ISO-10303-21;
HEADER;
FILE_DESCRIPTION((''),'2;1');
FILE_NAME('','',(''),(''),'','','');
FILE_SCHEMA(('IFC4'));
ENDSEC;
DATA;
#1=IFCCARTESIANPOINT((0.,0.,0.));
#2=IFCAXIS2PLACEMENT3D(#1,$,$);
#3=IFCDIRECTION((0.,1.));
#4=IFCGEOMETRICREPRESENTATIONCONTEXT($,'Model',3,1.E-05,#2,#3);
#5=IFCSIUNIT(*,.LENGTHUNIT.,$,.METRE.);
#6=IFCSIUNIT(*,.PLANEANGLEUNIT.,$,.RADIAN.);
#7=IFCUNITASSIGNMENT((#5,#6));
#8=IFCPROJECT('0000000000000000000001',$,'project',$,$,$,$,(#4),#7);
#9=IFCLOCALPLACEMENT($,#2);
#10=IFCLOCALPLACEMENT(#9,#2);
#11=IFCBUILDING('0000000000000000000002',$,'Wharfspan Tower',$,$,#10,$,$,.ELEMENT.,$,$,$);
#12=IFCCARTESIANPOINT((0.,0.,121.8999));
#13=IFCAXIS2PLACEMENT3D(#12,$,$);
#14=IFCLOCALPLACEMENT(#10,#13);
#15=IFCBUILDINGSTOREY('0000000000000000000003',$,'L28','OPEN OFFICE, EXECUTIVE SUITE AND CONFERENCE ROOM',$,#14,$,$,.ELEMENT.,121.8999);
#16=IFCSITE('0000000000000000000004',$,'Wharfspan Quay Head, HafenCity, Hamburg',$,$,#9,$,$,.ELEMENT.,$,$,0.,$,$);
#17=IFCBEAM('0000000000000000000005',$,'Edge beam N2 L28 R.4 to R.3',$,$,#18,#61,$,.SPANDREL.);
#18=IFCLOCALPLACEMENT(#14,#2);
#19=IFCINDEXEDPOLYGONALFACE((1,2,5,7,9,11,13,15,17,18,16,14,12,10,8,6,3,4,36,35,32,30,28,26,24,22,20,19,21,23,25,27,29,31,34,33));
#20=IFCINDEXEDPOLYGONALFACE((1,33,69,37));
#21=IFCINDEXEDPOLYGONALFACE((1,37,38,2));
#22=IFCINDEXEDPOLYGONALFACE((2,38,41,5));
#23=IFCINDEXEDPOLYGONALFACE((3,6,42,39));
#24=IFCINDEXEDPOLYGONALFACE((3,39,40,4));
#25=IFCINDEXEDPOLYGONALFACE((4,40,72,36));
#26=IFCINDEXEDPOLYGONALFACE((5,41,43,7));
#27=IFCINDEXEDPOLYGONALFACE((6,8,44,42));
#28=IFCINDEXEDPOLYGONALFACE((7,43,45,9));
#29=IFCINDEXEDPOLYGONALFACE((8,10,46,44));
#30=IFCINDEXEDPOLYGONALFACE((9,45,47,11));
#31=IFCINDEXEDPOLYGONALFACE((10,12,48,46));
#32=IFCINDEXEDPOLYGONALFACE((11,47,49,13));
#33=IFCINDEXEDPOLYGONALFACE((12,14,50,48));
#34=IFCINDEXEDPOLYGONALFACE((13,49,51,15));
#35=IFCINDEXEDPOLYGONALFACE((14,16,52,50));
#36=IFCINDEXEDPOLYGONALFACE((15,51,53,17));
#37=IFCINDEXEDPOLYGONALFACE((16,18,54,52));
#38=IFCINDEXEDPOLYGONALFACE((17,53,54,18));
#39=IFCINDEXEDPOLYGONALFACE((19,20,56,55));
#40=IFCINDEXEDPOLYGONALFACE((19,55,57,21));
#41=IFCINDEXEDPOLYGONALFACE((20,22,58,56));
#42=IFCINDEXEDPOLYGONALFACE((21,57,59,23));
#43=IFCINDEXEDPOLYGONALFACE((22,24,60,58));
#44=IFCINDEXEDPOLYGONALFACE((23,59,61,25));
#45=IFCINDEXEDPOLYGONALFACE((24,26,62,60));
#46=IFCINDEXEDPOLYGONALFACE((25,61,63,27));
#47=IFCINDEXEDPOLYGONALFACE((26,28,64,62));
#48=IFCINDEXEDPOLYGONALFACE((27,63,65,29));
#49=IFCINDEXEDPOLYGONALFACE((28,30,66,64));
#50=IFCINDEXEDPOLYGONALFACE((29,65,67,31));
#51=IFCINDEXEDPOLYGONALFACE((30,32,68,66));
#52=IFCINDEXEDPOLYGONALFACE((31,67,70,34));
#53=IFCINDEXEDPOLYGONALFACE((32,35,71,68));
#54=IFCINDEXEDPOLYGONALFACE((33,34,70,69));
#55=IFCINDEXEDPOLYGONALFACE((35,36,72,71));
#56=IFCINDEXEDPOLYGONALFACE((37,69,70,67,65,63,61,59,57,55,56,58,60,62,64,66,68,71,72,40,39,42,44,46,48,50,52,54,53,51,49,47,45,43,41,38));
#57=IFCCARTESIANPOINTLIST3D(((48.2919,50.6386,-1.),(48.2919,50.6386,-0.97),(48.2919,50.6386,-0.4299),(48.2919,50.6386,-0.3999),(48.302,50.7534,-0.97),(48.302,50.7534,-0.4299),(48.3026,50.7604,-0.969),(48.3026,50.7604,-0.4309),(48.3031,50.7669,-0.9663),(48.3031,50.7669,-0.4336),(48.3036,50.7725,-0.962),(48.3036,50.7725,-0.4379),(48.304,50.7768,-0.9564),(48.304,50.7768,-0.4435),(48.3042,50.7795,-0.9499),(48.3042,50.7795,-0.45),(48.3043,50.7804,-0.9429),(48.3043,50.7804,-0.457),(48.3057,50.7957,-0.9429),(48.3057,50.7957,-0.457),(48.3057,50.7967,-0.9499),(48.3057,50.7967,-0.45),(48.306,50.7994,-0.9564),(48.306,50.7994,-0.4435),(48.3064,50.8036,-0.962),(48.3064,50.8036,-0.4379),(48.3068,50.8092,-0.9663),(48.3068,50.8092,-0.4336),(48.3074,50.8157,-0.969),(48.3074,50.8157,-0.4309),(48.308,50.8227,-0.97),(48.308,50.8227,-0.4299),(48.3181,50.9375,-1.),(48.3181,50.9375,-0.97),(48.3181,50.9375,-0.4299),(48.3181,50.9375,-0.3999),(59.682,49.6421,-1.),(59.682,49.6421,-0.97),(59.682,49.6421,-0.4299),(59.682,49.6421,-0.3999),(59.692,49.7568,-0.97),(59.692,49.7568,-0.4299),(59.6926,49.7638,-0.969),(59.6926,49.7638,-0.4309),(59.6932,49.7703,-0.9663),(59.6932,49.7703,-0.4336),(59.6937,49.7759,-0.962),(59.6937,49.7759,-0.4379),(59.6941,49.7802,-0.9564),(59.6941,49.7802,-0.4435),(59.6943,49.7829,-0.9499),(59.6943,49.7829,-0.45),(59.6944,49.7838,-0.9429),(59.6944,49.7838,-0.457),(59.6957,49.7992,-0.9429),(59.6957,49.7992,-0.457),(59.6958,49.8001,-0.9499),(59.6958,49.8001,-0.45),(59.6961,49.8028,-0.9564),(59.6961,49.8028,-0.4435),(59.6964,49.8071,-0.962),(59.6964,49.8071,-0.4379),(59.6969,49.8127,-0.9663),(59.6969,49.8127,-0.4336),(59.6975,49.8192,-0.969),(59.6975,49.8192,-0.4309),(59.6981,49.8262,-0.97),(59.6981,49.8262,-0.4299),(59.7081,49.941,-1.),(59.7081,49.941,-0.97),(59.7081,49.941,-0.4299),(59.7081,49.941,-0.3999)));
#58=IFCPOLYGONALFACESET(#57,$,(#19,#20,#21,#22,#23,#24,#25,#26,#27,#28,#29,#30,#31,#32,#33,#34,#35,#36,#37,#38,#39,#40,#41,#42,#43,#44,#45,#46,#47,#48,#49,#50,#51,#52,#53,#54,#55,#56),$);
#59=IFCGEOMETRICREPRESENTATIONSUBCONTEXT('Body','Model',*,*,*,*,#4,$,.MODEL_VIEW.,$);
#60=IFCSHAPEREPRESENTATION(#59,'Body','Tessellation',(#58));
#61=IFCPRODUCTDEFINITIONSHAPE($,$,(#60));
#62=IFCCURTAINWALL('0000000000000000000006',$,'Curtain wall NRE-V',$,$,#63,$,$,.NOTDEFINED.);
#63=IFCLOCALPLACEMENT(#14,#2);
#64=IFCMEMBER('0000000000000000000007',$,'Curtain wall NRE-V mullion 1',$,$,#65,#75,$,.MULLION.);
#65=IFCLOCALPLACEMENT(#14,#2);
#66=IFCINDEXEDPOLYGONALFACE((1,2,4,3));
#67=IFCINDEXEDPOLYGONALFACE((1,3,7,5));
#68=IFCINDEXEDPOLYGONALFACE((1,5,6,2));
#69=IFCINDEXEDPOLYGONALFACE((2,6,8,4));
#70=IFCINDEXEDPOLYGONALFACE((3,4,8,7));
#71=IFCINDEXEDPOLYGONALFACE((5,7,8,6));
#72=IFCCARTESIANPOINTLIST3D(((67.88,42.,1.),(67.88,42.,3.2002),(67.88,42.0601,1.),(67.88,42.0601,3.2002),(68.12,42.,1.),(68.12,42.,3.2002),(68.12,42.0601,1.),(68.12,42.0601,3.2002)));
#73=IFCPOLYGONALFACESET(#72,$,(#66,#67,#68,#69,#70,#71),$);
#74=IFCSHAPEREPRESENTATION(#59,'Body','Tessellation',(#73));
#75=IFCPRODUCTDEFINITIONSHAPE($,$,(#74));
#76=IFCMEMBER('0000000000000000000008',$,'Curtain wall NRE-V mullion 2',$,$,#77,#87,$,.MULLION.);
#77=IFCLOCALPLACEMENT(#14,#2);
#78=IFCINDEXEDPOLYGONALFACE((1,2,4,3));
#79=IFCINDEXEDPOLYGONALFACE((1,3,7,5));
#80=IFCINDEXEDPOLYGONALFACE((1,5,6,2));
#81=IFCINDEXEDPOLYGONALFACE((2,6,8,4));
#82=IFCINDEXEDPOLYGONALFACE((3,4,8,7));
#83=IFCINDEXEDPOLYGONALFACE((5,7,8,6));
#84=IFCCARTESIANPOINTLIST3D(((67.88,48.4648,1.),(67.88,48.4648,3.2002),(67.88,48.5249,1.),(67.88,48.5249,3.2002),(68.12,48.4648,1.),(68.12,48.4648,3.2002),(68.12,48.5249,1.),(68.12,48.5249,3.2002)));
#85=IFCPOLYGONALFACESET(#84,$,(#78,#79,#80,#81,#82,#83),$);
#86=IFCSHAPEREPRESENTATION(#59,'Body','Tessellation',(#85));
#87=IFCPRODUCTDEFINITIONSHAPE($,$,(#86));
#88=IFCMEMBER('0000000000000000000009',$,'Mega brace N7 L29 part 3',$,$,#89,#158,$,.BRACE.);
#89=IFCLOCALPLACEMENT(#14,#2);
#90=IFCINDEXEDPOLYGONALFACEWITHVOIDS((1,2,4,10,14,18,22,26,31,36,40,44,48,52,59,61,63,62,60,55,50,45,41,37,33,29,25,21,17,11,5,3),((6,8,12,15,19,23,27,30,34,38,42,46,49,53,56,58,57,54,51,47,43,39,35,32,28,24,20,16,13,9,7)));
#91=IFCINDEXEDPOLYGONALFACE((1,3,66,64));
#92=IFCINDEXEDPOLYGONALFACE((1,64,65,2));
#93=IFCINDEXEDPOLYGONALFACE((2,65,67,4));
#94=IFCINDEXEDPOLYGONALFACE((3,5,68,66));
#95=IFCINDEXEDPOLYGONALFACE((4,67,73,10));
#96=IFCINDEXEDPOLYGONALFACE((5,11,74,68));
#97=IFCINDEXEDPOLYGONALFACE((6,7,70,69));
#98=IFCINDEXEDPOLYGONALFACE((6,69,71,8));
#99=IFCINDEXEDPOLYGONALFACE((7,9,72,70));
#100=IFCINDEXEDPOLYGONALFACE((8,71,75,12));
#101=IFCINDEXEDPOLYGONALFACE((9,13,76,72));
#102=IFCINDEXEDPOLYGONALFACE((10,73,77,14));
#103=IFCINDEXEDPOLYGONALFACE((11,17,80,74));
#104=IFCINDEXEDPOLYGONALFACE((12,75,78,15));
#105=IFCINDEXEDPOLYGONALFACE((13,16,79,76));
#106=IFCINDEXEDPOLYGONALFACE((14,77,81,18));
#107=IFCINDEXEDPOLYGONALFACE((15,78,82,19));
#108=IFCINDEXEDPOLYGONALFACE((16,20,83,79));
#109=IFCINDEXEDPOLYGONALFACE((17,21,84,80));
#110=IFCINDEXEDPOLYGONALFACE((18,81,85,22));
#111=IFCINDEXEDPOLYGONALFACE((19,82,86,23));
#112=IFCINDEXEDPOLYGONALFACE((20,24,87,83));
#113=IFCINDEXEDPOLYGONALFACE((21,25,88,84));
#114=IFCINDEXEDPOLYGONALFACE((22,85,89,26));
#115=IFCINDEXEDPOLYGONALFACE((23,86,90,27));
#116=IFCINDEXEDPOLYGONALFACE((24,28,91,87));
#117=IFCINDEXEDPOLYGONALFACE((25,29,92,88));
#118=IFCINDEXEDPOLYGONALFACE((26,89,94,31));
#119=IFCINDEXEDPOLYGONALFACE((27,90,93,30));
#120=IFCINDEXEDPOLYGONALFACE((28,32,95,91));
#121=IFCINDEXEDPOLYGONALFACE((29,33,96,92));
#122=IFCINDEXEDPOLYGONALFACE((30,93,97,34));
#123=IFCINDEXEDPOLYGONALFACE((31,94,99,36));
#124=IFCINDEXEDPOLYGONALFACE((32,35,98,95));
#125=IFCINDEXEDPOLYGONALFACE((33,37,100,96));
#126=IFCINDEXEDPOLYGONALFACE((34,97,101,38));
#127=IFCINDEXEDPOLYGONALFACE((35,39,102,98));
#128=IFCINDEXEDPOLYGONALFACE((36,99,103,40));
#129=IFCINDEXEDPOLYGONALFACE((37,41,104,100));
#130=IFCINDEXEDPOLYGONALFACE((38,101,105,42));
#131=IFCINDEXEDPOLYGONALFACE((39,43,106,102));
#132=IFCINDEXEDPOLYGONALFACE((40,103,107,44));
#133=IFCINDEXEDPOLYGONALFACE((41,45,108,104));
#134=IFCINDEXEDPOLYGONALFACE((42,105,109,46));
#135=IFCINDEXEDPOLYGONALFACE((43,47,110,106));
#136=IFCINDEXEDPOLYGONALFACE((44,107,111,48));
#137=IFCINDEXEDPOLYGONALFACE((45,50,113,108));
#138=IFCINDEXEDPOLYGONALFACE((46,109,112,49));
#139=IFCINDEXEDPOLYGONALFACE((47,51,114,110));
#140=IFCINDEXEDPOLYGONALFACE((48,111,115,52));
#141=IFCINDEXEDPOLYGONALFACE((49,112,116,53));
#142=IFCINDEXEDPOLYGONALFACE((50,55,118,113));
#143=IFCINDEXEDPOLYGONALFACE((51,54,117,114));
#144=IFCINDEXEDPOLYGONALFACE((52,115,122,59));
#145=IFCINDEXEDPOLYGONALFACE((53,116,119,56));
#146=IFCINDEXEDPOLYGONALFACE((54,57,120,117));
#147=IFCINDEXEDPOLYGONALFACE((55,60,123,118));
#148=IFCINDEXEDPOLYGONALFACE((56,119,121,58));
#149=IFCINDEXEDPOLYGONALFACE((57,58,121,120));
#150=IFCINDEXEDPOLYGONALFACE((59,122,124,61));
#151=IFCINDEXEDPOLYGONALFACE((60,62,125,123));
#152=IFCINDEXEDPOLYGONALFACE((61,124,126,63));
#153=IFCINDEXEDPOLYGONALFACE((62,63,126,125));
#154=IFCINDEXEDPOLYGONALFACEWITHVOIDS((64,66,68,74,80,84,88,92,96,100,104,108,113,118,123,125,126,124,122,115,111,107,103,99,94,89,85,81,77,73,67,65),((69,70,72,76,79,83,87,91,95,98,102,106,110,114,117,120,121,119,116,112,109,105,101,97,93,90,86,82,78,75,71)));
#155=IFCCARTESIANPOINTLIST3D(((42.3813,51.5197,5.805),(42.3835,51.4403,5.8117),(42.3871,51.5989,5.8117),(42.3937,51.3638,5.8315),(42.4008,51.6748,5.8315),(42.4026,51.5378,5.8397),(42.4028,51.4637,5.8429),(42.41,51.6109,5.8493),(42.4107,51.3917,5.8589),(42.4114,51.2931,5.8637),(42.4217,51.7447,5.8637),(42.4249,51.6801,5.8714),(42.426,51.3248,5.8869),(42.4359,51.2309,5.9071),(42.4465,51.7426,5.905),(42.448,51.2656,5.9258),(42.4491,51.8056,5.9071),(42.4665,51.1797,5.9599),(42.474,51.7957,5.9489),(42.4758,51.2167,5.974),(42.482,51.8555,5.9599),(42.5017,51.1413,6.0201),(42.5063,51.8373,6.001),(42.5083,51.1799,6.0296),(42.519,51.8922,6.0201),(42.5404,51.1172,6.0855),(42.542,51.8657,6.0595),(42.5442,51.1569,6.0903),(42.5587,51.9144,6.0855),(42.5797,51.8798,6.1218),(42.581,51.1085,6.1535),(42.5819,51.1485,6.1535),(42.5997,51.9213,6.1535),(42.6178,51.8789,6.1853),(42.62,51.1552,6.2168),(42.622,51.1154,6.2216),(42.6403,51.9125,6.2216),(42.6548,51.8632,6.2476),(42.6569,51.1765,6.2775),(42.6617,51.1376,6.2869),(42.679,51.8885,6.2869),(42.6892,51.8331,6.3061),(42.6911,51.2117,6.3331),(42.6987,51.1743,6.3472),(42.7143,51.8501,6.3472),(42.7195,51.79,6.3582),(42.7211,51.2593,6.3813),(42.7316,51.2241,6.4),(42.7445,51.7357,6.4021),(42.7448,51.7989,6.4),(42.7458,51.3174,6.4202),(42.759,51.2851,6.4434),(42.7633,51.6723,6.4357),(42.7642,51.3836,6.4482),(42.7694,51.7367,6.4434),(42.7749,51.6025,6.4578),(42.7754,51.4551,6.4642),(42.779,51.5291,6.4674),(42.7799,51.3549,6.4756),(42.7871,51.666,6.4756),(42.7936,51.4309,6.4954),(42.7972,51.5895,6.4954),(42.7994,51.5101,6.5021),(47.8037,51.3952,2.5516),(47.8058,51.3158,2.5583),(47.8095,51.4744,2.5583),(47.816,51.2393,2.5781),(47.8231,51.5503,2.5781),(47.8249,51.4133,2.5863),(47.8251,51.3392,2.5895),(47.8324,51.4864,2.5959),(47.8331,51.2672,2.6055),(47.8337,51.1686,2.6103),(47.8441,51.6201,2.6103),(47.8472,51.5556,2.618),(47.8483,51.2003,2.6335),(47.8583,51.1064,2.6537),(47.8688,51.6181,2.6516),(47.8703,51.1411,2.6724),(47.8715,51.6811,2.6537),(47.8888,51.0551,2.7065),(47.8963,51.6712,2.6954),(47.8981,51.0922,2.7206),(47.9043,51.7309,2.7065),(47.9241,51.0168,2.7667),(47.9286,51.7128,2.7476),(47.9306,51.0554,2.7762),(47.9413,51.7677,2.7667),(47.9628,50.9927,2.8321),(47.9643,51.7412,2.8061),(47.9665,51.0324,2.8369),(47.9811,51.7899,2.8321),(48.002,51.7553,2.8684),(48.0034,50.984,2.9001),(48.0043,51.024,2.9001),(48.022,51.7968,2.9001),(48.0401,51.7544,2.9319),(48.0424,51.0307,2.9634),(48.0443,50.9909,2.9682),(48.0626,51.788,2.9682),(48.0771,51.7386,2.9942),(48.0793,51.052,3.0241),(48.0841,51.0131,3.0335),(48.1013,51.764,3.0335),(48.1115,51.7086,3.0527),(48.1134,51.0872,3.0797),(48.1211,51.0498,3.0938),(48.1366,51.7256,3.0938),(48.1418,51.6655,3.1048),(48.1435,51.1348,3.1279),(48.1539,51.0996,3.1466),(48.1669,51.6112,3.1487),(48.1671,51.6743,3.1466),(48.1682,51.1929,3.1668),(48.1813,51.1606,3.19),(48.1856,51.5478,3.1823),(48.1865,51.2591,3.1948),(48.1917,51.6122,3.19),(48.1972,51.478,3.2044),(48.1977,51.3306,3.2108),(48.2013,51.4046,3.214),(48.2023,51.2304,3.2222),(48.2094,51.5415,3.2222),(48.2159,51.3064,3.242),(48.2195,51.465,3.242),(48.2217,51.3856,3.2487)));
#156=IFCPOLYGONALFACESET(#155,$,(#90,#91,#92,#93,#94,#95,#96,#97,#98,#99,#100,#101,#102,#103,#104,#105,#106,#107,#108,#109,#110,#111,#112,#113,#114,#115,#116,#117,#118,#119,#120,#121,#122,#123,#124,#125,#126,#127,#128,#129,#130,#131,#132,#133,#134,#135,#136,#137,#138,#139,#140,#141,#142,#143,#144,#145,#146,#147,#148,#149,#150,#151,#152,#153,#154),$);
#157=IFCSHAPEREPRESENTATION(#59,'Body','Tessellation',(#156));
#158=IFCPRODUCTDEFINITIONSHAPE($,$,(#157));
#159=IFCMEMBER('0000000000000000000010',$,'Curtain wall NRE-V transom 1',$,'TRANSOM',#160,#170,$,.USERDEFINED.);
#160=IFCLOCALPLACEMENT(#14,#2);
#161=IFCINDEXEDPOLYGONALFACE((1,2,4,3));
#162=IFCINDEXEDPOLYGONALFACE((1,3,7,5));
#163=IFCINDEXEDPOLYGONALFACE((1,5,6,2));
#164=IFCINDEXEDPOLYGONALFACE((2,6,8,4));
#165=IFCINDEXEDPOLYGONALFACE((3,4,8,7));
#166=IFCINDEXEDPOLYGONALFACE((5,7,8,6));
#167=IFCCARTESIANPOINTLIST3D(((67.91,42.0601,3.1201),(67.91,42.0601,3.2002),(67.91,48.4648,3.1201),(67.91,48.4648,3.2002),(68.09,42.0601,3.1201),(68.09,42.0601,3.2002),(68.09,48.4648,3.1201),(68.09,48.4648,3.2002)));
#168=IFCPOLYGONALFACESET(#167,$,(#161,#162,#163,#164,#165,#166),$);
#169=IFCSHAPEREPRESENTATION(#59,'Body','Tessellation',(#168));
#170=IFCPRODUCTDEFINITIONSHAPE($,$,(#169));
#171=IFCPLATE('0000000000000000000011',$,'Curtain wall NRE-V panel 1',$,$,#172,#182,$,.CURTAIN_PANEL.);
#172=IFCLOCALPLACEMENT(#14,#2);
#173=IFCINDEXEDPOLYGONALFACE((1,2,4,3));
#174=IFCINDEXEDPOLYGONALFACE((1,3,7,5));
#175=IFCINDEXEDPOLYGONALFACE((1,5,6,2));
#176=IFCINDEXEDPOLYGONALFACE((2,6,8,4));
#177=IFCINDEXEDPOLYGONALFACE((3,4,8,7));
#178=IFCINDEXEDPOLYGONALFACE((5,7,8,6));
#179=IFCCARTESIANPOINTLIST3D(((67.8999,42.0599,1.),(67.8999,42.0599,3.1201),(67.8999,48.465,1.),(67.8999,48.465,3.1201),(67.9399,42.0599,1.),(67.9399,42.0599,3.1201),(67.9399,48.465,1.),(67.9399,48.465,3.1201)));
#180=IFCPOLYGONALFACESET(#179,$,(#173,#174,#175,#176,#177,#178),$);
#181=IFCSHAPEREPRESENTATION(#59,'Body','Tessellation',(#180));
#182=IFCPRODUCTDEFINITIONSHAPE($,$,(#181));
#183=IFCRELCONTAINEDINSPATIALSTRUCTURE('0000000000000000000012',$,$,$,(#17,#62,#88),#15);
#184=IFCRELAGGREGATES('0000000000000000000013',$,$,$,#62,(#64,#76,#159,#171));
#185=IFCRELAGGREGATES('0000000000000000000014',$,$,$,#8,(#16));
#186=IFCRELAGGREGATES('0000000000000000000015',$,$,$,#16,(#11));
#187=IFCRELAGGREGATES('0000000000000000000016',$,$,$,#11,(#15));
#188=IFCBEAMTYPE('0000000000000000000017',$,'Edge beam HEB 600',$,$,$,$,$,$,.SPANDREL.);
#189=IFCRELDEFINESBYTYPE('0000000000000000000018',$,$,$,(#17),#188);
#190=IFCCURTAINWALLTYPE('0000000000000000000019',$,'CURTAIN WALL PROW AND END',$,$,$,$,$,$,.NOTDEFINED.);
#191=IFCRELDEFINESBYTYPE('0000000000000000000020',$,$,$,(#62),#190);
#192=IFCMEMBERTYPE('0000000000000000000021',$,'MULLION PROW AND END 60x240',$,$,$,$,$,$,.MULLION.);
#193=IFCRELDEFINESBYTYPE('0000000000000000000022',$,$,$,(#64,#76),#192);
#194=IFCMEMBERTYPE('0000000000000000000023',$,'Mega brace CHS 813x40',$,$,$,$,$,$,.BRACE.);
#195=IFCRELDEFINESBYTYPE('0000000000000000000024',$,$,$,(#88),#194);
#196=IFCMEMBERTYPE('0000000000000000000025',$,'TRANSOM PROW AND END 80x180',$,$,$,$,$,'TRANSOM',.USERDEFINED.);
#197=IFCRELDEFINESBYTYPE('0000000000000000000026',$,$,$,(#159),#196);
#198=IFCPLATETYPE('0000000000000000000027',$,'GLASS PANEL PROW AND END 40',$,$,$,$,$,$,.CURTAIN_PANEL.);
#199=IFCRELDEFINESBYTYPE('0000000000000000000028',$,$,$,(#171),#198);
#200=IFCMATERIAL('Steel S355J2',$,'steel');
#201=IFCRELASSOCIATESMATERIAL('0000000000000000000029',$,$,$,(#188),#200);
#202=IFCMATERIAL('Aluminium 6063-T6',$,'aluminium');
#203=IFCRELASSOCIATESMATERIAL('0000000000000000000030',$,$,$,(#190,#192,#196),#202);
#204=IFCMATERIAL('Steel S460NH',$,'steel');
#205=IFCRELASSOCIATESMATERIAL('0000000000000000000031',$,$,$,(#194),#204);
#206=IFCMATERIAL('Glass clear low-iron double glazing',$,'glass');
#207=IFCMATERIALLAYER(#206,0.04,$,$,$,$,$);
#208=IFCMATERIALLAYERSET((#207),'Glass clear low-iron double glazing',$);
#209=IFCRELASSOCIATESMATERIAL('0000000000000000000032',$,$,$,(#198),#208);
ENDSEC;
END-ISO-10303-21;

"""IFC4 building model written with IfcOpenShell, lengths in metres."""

from ifc_helpers import new_model, si_unit, direction, frame, origin, origin_2d, place, context, subcontext, project, spatial, rectangle, hollow_circle, i_section, extrude, material, layer, layer_set, material_profile, profile_set, type_object, element, aggregate, save


model = new_model("IFC4")

# Units and contexts
model_context = context("Model", 3, precision=1e-05, world=origin(), true_north=direction((0.0, 1.0)))
body_context = subcontext(model_context, "Body", "Model", "MODEL_VIEW")
ifc_project = project(units=[si_unit("LENGTHUNIT", "METRE"), si_unit("PLANEANGLEUNIT", "RADIAN")], contexts=[model_context])

# Site, building, storey
site_placement = place(None, origin())
site = spatial("IfcSite", under=ifc_project, at=site_placement, Name="Wharfspan Quay Head, HafenCity, Hamburg", CompositionType="ELEMENT", RefElevation=0.0)
building_placement = place(site_placement, origin())
building = spatial("IfcBuilding", under=site, at=building_placement, Name="Wharfspan Tower", CompositionType="ELEMENT")
storey_placement = place(building_placement, frame((0.0, 0.0, 121.8999)))
storey = spatial("IfcBuildingStorey", under=building, at=storey_placement, Name="L28", Description="OPEN OFFICE, EXECUTIVE SUITE AND CONFERENCE ROOM", CompositionType="ELEMENT", Elevation=121.8999)

# Shared definitions
ifc_material_1 = material(Name="Steel S355J2", Category="steel")

# Beam
ifc_material_profile_1 = material_profile(ifc_material_1, i_section(OverallWidth=0.3, OverallDepth=0.6001, WebThickness=0.0154, FlangeThickness=0.03, FilletRadius=0.0271, at=origin_2d()))
ifc_profile_set_1 = profile_set([ifc_material_profile_1], Name="Steel S355J2")
beam_type = type_object("IfcBeamType", Name="Edge beam HEB 600", PredefinedType="SPANDREL", material=ifc_profile_set_1)
beam_placement = place(storey_placement, frame((59.6951, 49.7915, -0.7), z_axis=(-0.996194, 0.087162, 0.0), x_axis=(-0.087162, -0.996194, 0.0)))
element("IfcBeam", 1, at=beam_placement, inside=storey, type_object=beam_type, Name="Edge beam N2 L28 R.4 to R.3", PredefinedType="SPANDREL", context=body_context, shape_type="SweptSolid", body=[
    extrude(i_section(OverallWidth=0.3, OverallDepth=0.6001, WebThickness=0.0154, FlangeThickness=0.03, FilletRadius=0.0271, at=origin_2d()), origin(), (0.0, 0.0, 1.0), 11.4336),
])

# Curtain wall, members
ifc_material_2 = material(Name="Aluminium 6063-T6", Category="aluminium")
curtain_wall_type = type_object("IfcCurtainWallType", Name="CURTAIN WALL PROW AND END", PredefinedType="NOTDEFINED", material=ifc_material_2)
curtain_wall_placement = place(storey_placement, origin())
curtain_wall = element("IfcCurtainWall", 2, at=curtain_wall_placement, inside=storey, type_object=curtain_wall_type, Name="Curtain wall NRE-V", PredefinedType="NOTDEFINED")
ifc_material_profile_2 = material_profile(ifc_material_2, rectangle(XDim=0.24, YDim=0.0601, at=origin_2d()))
ifc_profile_set_2 = profile_set([ifc_material_profile_2], Name="Aluminium 6063-T6")
member_type_1 = type_object("IfcMemberType", Name="MULLION PROW AND END 60x240", PredefinedType="MULLION", material=ifc_profile_set_2)
member_1_placement = place(storey_placement, frame((68.0, 42.03, 1.0), z_axis=(0.0, 0.0, 1.0), x_axis=(-1.0, 0.0, 0.0)))
member_1 = element("IfcMember", 3, at=member_1_placement, type_object=member_type_1, Name="Curtain wall NRE-V mullion 1", PredefinedType="MULLION", context=body_context, shape_type="SweptSolid", body=[
    extrude(rectangle(XDim=0.24, YDim=0.0601, at=origin_2d()), origin(), (0.0, 0.0, 1.0), 2.2002),
])
member_2_placement = place(storey_placement, frame((68.0, 48.4949, 1.0), z_axis=(0.0, 0.0, 1.0), x_axis=(-1.0, 0.0, 0.0)))
member_2 = element("IfcMember", 4, at=member_2_placement, type_object=member_type_1, Name="Curtain wall NRE-V mullion 2", PredefinedType="MULLION", context=body_context, shape_type="SweptSolid", body=[
    extrude(rectangle(XDim=0.24, YDim=0.0601, at=origin_2d()), origin(), (0.0, 0.0, 1.0), 2.2002),
])

# Members
ifc_material_3 = material(Name="Steel S460NH", Category="steel")
ifc_material_profile_3 = material_profile(ifc_material_3, hollow_circle(Radius=0.4065, WallThickness=0.04, at=origin_2d()))
ifc_profile_set_3 = profile_set([ifc_material_profile_3], Name="Steel S460NH")
member_type_2 = type_object("IfcMemberType", Name="Mega brace CHS 813x40", PredefinedType="BRACE", material=ifc_profile_set_3)
member_3_placement = place(storey_placement, frame((48.0127, 51.3904, 2.9001), z_axis=(-0.857327, 0.019686, 0.514396), x_axis=(-0.022956, -0.999736, 0.0)))
element("IfcMember", 5, at=member_3_placement, inside=storey, type_object=member_type_2, Name="Mega brace N7 L29 part 3", PredefinedType="BRACE", context=body_context, shape_type="SweptSolid", body=[
    extrude(hollow_circle(Radius=0.4065, WallThickness=0.04, at=origin_2d()), origin(), (0.0, 0.0, 1.0), 6.3247),
])
ifc_material_profile_4 = material_profile(ifc_material_2, rectangle(XDim=0.1799, YDim=0.0801, at=origin_2d()))
ifc_profile_set_4 = profile_set([ifc_material_profile_4], Name="Aluminium 6063-T6")
member_type_3 = type_object("IfcMemberType", Name="TRANSOM PROW AND END 80x180", ElementType="TRANSOM", PredefinedType="USERDEFINED", material=ifc_profile_set_4)
member_4_placement = place(storey_placement, frame((68.0, 42.0601, 3.1602), z_axis=(0.0, 1.0, 0.0), x_axis=(-1.0, 0.0, 0.0)))
member_4 = element("IfcMember", 6, at=member_4_placement, type_object=member_type_3, Name="Curtain wall NRE-V transom 1", ObjectType="TRANSOM", PredefinedType="USERDEFINED", context=body_context, shape_type="SweptSolid", body=[
    extrude(rectangle(XDim=0.1799, YDim=0.0801, at=origin_2d()), origin(), (0.0, 0.0, 1.0), 6.4048),
])

# Plate
ifc_material_4 = material(Name="Glass clear low-iron double glazing", Category="glass")
ifc_layer_1 = layer(ifc_material_4, 0.04)
ifc_layer_set_1 = layer_set([ifc_layer_1], Name="Glass clear low-iron double glazing")
plate_type = type_object("IfcPlateType", Name="GLASS PANEL PROW AND END 40", PredefinedType="CURTAIN_PANEL", material=ifc_layer_set_1)
plate_placement = place(storey_placement, frame((67.9199, 45.2625, 1.0), z_axis=(0.0, 0.0, 1.0), x_axis=(0.0, 1.0, 0.0)))
plate = element("IfcPlate", 7, at=plate_placement, type_object=plate_type, Name="Curtain wall NRE-V panel 1", PredefinedType="CURTAIN_PANEL", context=body_context, shape_type="SweptSolid", body=[
    extrude(rectangle(XDim=6.405, YDim=0.04, at=origin_2d()), origin(), (0.0, 0.0, 1.0), 2.1201),
])
aggregate(curtain_wall, [member_1, member_2, member_4, plate])

save(model, "model.ifc")
